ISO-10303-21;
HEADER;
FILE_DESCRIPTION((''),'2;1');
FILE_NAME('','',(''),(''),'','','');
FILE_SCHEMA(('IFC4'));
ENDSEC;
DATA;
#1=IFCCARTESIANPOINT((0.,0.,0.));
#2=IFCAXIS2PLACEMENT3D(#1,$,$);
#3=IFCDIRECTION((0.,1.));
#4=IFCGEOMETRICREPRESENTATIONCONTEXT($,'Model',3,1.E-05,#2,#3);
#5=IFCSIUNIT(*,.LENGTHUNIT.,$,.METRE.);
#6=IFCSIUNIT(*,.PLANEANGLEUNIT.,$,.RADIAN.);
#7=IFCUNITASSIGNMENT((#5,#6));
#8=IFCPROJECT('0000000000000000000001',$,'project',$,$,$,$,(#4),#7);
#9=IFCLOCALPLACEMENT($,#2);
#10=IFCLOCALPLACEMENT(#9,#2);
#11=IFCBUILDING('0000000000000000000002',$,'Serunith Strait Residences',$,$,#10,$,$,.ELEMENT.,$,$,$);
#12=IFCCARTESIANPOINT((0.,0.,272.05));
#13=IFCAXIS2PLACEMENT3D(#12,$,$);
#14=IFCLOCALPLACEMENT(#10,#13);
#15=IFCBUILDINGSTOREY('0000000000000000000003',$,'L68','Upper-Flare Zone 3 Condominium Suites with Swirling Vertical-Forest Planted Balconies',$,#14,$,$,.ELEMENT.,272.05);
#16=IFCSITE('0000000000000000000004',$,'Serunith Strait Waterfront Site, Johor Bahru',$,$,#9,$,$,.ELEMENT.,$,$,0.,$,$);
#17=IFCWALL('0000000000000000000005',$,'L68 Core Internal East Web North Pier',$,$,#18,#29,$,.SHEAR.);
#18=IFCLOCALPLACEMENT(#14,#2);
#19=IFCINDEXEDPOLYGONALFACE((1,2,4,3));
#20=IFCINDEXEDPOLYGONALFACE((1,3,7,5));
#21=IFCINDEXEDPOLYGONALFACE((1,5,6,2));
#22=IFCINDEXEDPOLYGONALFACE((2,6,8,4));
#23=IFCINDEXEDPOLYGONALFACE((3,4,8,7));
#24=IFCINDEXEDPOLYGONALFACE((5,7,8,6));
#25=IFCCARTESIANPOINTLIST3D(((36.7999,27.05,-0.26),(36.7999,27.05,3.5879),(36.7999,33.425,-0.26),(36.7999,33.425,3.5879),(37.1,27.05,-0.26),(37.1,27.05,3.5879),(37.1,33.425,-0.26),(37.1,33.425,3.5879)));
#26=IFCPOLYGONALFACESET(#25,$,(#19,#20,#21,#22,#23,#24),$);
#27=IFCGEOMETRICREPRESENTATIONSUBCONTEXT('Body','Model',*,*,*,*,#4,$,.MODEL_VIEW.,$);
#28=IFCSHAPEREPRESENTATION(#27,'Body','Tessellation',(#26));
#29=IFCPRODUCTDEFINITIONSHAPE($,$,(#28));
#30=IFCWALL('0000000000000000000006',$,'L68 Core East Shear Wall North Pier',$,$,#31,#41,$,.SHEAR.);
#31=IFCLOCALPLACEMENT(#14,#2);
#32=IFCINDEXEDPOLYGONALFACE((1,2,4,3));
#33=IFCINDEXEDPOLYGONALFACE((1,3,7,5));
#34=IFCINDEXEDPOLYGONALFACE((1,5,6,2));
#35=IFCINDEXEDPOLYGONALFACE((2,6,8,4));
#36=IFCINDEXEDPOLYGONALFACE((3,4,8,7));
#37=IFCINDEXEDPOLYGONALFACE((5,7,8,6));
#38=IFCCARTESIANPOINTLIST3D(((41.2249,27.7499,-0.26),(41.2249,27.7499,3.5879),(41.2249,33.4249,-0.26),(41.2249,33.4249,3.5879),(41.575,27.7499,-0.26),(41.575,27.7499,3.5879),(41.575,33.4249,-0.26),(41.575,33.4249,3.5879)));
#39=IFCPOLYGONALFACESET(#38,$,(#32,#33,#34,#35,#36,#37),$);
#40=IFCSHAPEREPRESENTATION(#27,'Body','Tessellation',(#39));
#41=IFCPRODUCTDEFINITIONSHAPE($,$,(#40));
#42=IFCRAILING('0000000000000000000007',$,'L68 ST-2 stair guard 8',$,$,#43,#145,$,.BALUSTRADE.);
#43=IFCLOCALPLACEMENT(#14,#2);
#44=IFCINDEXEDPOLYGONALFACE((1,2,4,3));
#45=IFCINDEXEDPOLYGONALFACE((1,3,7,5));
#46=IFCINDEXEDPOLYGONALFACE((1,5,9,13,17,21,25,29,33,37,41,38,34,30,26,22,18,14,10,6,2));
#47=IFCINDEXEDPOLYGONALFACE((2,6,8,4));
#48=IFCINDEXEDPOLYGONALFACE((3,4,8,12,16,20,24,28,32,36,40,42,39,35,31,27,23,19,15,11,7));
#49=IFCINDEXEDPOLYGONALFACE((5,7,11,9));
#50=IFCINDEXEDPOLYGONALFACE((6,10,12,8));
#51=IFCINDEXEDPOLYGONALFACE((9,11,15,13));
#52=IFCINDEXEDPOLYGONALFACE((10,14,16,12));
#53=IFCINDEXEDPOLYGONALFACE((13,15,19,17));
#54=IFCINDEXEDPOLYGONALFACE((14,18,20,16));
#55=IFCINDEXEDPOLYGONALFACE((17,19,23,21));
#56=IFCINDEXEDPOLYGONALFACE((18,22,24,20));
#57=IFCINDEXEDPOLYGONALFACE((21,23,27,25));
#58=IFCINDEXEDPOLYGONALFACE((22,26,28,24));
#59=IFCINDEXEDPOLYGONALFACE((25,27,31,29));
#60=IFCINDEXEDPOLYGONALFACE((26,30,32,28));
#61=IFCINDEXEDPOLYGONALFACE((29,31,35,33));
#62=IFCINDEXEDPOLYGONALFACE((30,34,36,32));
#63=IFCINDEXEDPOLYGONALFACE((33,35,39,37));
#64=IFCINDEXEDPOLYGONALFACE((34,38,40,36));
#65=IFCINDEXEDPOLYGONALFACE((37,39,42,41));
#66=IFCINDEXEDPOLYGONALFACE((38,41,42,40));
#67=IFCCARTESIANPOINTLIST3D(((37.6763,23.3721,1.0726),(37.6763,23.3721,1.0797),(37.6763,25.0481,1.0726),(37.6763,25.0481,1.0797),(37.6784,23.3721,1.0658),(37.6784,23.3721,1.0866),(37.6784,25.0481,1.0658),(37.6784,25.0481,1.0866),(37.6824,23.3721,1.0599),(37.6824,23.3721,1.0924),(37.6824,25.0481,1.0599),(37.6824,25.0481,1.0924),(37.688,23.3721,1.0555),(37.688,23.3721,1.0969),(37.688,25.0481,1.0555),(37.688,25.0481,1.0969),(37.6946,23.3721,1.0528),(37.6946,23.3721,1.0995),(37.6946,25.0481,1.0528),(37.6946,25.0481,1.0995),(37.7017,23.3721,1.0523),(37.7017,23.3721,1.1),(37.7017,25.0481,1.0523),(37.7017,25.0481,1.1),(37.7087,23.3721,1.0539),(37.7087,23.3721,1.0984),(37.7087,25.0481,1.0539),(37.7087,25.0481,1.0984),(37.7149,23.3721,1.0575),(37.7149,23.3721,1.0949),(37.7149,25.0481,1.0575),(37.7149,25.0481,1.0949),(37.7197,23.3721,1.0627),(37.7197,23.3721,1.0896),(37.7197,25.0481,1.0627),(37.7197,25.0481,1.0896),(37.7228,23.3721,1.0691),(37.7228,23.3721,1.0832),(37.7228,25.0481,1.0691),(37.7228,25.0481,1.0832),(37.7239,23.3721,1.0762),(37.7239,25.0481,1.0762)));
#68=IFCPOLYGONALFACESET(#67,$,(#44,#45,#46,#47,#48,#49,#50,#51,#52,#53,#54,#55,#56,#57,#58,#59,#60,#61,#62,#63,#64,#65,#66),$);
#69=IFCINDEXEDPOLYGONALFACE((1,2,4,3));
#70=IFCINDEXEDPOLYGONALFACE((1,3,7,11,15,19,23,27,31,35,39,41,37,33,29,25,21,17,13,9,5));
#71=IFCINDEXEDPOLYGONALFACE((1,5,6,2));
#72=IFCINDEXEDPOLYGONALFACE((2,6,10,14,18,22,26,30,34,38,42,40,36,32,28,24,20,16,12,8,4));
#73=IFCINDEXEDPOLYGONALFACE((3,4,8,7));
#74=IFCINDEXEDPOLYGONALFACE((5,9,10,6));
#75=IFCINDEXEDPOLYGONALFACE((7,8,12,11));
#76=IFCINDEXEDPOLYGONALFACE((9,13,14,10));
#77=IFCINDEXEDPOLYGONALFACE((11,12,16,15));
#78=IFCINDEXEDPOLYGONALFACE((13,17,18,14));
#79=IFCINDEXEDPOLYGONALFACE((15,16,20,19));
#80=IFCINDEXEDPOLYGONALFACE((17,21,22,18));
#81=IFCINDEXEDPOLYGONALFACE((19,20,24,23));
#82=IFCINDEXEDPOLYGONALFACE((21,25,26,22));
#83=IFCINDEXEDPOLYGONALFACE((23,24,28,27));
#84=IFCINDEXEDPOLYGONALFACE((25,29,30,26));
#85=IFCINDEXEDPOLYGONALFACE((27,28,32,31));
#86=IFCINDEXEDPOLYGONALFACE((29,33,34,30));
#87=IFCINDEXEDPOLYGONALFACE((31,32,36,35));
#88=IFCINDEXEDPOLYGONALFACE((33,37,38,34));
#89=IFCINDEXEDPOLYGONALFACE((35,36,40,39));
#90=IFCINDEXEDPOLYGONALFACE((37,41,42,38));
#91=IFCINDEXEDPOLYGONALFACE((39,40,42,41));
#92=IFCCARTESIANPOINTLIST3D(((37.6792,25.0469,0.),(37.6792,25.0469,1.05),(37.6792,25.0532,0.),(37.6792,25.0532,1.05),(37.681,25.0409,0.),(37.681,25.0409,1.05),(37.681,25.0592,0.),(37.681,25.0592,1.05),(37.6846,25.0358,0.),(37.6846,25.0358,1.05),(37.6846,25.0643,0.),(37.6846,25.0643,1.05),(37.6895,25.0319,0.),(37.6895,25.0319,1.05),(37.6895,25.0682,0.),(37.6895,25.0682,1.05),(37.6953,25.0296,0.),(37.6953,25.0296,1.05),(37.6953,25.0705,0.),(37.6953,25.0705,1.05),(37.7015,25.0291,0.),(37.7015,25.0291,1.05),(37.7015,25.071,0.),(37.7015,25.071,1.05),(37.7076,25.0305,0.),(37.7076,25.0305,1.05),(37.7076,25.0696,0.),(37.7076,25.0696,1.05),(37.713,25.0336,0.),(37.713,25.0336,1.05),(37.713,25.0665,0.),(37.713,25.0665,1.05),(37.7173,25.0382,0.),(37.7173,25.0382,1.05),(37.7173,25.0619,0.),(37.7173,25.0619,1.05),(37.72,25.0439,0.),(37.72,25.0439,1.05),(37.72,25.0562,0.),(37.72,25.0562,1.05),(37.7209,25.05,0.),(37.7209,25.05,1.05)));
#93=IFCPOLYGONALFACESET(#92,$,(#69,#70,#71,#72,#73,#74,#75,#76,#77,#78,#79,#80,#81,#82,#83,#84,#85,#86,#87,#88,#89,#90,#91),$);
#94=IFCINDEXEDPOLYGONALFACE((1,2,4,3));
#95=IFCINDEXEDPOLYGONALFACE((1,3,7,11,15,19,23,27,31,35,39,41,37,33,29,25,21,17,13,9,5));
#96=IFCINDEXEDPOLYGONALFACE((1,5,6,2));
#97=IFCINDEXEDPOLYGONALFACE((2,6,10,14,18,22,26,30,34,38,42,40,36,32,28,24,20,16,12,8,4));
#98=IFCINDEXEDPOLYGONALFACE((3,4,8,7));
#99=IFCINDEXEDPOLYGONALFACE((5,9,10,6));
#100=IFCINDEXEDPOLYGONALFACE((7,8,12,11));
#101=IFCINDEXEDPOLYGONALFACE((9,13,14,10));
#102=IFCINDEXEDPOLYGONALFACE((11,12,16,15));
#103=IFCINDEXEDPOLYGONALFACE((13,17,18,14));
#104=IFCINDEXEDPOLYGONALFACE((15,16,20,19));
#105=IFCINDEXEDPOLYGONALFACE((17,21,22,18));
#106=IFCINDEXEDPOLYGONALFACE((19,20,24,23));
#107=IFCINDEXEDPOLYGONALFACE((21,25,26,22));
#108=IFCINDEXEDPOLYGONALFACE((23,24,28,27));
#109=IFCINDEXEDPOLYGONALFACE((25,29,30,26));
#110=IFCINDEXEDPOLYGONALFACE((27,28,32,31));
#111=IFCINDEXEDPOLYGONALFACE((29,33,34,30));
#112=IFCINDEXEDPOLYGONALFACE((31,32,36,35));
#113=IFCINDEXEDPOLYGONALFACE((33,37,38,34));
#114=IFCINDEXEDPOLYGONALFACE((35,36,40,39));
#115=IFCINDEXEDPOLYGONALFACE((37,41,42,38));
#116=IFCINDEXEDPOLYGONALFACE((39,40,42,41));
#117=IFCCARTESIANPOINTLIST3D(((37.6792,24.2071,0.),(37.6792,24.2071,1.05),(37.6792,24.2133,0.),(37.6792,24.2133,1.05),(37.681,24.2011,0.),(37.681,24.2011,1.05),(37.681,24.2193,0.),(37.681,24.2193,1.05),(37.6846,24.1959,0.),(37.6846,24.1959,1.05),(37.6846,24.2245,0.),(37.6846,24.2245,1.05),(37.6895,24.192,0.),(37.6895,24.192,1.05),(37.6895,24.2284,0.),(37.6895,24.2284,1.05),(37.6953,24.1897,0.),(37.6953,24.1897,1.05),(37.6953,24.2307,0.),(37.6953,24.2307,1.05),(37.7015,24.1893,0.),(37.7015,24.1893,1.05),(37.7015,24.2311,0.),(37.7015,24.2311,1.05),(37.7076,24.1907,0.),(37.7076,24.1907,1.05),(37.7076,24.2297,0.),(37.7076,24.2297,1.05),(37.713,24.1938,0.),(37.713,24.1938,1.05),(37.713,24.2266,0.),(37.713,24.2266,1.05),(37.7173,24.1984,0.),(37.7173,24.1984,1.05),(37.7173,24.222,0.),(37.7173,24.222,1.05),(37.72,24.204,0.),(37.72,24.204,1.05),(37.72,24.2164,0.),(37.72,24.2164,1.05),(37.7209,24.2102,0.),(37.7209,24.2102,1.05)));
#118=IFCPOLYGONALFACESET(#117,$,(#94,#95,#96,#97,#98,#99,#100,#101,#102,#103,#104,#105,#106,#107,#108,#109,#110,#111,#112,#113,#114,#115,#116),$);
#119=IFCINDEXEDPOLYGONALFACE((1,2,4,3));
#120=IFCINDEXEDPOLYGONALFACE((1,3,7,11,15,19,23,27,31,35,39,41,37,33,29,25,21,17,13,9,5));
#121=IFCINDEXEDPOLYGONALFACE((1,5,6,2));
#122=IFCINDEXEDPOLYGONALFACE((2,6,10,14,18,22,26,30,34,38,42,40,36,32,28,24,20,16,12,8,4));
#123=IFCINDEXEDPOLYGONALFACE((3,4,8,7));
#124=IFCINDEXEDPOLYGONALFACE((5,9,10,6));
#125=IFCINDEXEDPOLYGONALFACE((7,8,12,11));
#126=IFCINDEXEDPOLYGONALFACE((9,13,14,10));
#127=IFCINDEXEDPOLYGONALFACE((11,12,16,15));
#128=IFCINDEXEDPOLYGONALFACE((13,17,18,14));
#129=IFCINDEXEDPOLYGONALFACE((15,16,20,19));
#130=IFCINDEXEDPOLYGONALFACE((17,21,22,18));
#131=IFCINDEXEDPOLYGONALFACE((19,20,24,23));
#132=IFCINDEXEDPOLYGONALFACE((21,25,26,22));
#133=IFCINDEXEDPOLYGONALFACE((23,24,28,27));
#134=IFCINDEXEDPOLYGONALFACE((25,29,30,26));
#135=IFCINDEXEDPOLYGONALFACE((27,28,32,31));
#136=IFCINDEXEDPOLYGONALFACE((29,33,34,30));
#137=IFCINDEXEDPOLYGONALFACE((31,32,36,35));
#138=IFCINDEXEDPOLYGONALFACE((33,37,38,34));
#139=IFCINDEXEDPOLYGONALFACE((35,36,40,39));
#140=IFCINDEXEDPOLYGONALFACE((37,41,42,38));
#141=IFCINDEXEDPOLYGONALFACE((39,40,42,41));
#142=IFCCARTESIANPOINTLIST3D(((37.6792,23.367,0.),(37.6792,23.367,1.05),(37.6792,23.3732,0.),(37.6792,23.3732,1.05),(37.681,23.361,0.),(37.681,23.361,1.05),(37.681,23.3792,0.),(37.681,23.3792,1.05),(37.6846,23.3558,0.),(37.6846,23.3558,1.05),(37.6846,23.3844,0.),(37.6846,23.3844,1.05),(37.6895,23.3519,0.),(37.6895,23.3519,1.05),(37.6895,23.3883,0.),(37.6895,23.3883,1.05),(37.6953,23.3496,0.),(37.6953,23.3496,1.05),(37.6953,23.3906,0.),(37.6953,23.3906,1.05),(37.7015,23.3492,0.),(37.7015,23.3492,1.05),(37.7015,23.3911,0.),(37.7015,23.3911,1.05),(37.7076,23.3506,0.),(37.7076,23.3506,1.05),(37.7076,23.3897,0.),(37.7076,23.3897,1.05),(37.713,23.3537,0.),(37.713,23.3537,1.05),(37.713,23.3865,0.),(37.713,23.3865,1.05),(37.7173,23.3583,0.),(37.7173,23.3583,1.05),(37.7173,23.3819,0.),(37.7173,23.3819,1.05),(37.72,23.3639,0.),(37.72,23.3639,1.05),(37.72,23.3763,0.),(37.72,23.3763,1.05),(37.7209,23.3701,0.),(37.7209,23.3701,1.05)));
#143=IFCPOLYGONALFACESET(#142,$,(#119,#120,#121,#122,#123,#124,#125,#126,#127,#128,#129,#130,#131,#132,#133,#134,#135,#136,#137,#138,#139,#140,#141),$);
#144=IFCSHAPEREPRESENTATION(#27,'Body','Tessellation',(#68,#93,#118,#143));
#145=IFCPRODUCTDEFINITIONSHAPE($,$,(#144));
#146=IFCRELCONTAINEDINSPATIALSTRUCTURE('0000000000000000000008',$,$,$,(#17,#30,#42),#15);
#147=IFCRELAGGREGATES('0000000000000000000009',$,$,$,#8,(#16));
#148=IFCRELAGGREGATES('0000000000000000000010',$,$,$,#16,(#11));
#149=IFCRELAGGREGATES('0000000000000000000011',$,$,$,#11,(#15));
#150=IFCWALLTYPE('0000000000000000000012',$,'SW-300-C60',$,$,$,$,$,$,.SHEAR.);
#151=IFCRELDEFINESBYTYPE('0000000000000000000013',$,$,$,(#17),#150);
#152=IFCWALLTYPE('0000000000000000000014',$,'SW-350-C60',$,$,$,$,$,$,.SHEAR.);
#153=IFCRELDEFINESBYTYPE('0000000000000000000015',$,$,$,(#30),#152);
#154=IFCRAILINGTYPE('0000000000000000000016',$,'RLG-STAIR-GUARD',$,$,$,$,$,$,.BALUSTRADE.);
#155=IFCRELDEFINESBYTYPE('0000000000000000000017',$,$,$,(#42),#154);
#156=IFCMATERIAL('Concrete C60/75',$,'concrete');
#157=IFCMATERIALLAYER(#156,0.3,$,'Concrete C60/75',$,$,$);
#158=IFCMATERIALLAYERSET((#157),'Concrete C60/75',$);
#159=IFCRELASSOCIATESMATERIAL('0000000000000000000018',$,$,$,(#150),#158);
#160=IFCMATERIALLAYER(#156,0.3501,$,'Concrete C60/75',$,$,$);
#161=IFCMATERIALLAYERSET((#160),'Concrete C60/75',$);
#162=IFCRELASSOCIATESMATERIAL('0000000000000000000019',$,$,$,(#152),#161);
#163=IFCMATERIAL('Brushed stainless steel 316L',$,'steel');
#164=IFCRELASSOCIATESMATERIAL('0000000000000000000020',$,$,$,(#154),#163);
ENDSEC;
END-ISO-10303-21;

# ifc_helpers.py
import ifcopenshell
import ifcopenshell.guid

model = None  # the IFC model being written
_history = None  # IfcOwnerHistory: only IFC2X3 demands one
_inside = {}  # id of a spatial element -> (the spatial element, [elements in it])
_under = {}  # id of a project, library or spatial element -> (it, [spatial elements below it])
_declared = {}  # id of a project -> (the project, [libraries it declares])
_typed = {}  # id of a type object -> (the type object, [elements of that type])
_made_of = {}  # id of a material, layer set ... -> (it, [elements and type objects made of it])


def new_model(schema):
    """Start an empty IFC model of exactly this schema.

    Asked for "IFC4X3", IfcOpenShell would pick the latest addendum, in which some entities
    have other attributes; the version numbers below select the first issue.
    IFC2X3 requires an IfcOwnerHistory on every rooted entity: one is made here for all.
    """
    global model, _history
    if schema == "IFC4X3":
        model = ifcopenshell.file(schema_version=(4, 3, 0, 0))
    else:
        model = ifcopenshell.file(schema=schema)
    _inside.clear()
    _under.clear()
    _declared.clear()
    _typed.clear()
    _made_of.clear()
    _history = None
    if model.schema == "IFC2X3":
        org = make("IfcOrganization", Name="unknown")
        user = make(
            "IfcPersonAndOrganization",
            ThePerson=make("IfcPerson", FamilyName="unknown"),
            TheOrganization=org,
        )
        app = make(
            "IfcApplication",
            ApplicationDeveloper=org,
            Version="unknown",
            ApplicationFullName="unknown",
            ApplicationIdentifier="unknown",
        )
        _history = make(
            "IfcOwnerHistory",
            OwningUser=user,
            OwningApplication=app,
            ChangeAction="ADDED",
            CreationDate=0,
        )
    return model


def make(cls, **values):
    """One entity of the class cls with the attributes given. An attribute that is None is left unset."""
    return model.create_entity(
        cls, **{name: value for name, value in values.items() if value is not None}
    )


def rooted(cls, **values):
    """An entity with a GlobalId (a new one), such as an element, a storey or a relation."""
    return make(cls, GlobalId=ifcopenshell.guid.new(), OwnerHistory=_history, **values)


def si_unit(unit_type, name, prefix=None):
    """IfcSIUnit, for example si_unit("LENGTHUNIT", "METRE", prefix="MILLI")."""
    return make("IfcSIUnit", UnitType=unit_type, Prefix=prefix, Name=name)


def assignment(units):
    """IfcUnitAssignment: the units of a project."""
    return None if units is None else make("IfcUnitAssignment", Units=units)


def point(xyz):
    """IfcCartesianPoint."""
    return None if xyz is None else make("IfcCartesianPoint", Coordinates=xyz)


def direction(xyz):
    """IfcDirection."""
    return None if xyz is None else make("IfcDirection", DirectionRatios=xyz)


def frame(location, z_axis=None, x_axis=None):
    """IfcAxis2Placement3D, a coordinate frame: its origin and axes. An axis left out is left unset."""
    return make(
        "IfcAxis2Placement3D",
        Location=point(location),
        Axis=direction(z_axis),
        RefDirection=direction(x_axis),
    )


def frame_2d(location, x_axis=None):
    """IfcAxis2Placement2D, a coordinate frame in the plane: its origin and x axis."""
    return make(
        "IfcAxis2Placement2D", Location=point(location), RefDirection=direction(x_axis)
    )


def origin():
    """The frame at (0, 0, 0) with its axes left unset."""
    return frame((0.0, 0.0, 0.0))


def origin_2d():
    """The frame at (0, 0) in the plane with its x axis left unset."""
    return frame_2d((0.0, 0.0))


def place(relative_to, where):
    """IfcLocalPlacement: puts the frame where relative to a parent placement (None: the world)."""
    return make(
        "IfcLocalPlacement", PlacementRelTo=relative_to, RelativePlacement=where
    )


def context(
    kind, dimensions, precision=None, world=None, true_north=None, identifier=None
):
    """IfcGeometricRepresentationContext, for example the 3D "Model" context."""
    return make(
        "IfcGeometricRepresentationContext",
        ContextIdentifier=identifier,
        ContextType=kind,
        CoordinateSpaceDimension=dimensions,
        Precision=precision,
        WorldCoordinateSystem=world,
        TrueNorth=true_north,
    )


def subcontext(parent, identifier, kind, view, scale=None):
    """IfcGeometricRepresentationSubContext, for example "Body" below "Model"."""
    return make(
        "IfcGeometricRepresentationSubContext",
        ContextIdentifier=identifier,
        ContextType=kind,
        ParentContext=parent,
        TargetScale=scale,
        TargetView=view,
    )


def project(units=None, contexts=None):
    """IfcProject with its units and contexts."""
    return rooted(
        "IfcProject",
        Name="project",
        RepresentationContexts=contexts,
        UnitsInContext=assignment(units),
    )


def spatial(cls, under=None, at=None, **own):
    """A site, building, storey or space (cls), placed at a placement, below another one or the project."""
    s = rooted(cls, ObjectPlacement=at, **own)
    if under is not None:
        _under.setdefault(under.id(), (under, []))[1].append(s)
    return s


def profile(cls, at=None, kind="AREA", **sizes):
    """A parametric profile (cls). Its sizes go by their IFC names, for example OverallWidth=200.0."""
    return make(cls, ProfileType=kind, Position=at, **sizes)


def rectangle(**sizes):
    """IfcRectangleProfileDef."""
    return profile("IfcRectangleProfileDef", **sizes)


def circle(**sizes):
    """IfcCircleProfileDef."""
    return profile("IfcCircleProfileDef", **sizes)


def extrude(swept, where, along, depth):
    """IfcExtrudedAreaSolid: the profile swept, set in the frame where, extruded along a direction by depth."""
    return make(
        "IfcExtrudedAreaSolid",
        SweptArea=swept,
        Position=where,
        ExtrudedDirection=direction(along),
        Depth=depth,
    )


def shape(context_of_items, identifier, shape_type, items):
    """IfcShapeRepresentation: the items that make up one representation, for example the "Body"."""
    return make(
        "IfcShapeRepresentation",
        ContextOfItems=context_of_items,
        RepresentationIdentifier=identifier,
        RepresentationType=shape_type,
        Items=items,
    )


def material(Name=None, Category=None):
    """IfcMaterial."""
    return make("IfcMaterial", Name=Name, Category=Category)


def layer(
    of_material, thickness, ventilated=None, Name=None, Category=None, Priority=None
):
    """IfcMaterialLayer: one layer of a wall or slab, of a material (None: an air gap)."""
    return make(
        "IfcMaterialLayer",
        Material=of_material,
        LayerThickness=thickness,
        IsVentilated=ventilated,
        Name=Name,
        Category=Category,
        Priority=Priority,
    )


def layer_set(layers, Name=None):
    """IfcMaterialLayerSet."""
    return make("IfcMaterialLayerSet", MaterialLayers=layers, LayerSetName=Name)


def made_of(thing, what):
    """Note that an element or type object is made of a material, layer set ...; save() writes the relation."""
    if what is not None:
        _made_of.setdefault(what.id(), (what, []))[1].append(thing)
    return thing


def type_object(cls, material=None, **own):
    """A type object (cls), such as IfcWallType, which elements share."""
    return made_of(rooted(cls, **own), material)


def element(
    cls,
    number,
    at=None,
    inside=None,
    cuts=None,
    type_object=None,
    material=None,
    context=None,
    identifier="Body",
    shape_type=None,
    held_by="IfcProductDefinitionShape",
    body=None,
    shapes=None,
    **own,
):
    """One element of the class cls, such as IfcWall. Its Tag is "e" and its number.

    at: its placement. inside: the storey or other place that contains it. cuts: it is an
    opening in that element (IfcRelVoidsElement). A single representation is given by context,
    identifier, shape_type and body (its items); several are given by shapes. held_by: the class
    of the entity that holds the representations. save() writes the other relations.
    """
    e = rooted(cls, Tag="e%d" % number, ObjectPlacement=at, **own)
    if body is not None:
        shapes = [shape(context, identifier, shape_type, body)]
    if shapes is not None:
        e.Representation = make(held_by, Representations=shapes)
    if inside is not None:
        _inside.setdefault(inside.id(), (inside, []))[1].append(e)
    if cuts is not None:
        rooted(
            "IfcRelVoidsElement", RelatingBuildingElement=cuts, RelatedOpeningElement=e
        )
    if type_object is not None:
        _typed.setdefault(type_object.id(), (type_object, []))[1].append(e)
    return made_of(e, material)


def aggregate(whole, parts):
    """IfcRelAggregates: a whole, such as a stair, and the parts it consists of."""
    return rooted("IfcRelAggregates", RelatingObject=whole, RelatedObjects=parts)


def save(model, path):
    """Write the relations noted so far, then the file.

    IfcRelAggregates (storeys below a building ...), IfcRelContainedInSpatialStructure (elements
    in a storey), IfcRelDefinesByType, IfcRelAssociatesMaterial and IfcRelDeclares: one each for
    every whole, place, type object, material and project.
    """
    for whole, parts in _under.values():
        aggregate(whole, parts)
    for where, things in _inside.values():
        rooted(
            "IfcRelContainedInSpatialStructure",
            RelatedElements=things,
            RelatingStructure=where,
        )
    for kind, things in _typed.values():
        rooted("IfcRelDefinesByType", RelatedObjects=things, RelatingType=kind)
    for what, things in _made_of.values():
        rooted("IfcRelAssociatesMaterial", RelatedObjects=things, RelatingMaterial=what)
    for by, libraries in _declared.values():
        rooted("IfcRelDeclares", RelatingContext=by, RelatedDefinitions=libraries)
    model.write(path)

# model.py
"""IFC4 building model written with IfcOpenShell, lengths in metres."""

from ifc_helpers import new_model, si_unit, direction, frame, frame_2d, origin, origin_2d, place, context, subcontext, project, spatial, rectangle, circle, extrude, material, layer, layer_set, type_object, element, save


model = new_model("IFC4")

# Units and contexts
model_context = context("Model", 3, precision=1e-05, world=origin(), true_north=direction((0.0, 1.0)))
body_context = subcontext(model_context, "Body", "Model", "MODEL_VIEW")
ifc_project = project(units=[si_unit("LENGTHUNIT", "METRE"), si_unit("PLANEANGLEUNIT", "RADIAN")], contexts=[model_context])

# Site, building, storey
site_placement = place(None, origin())
site = spatial("IfcSite", under=ifc_project, at=site_placement, Name="Serunith Strait Waterfront Site, Johor Bahru", CompositionType="ELEMENT", RefElevation=0.0)
building_placement = place(site_placement, origin())
building = spatial("IfcBuilding", under=site, at=building_placement, Name="Serunith Strait Residences", CompositionType="ELEMENT")
storey_placement = place(building_placement, frame((0.0, 0.0, 272.05)))
storey = spatial("IfcBuildingStorey", under=building, at=storey_placement, Name="L68", Description="Upper-Flare Zone 3 Condominium Suites with Swirling Vertical-Forest Planted Balconies", CompositionType="ELEMENT", Elevation=272.05)

# Walls
ifc_material_1 = material(Name="Concrete C60/75", Category="concrete")
ifc_layer_1 = layer(ifc_material_1, 0.3, Name="Concrete C60/75")
ifc_layer_set_1 = layer_set([ifc_layer_1], Name="Concrete C60/75")
wall_type_1 = type_object("IfcWallType", Name="SW-300-C60", PredefinedType="SHEAR", material=ifc_layer_set_1)
wall_1_placement = place(storey_placement, frame((36.95, 27.05, -0.26), z_axis=(0.0, 0.0, 1.0), x_axis=(0.0, 1.0, 0.0)))
element("IfcWall", 1, at=wall_1_placement, inside=storey, type_object=wall_type_1, Name="L68 Core Internal East Web North Pier", PredefinedType="SHEAR", context=body_context, shape_type="SweptSolid", body=[
    extrude(rectangle(XDim=6.375, YDim=0.3, at=frame_2d((3.1875, 0.0))), origin(), (0.0, 0.0, 1.0), 3.8479),
])
ifc_layer_2 = layer(ifc_material_1, 0.3501, Name="Concrete C60/75")
ifc_layer_set_2 = layer_set([ifc_layer_2], Name="Concrete C60/75")
wall_type_2 = type_object("IfcWallType", Name="SW-350-C60", PredefinedType="SHEAR", material=ifc_layer_set_2)
wall_2_placement = place(storey_placement, frame((41.3999, 27.75, -0.26), z_axis=(0.0, 0.0, 1.0), x_axis=(0.0, 1.0, 0.0)))
element("IfcWall", 2, at=wall_2_placement, inside=storey, type_object=wall_type_2, Name="L68 Core East Shear Wall North Pier", PredefinedType="SHEAR", context=body_context, shape_type="SweptSolid", body=[
    extrude(rectangle(XDim=5.675, YDim=0.3501, at=frame_2d((2.8374, 0.0))), origin(), (0.0, 0.0, 1.0), 3.8479),
])

# Railing
ifc_material_2 = material(Name="Brushed stainless steel 316L", Category="steel")
railing_type = type_object("IfcRailingType", Name="RLG-STAIR-GUARD", PredefinedType="BALUSTRADE", material=ifc_material_2)
for number, where, name in (
    (3, (37.7, 25.05, 0.0), "L68 ST-2 stair guard 8"),
):
    element("IfcRailing", number, at=place(storey_placement, frame(where)), inside=storey, type_object=railing_type, Name=name, PredefinedType="BALUSTRADE", context=body_context, shape_type="SweptSolid", body=[
        extrude(circle(Radius=0.0239, at=origin_2d()), frame((0.0, -0.002, 1.0762), z_axis=(0.0, -1.0, 0.0), x_axis=(1.0, 0.0, 0.0)), (0.0, 0.0, 1.0), 1.676),
        extrude(circle(Radius=0.021, at=origin_2d()), origin(), (0.0, 0.0, 1.0), 1.05),
        extrude(circle(Radius=0.021, at=origin_2d()), frame((0.0, -0.8398, 0.0)), (0.0, 0.0, 1.0), 1.05),
        extrude(circle(Radius=0.021, at=origin_2d()), frame((0.0, -1.6799, 0.0)), (0.0, 0.0, 1.0), 1.05),
    ])

save(model, "model.ifc")
